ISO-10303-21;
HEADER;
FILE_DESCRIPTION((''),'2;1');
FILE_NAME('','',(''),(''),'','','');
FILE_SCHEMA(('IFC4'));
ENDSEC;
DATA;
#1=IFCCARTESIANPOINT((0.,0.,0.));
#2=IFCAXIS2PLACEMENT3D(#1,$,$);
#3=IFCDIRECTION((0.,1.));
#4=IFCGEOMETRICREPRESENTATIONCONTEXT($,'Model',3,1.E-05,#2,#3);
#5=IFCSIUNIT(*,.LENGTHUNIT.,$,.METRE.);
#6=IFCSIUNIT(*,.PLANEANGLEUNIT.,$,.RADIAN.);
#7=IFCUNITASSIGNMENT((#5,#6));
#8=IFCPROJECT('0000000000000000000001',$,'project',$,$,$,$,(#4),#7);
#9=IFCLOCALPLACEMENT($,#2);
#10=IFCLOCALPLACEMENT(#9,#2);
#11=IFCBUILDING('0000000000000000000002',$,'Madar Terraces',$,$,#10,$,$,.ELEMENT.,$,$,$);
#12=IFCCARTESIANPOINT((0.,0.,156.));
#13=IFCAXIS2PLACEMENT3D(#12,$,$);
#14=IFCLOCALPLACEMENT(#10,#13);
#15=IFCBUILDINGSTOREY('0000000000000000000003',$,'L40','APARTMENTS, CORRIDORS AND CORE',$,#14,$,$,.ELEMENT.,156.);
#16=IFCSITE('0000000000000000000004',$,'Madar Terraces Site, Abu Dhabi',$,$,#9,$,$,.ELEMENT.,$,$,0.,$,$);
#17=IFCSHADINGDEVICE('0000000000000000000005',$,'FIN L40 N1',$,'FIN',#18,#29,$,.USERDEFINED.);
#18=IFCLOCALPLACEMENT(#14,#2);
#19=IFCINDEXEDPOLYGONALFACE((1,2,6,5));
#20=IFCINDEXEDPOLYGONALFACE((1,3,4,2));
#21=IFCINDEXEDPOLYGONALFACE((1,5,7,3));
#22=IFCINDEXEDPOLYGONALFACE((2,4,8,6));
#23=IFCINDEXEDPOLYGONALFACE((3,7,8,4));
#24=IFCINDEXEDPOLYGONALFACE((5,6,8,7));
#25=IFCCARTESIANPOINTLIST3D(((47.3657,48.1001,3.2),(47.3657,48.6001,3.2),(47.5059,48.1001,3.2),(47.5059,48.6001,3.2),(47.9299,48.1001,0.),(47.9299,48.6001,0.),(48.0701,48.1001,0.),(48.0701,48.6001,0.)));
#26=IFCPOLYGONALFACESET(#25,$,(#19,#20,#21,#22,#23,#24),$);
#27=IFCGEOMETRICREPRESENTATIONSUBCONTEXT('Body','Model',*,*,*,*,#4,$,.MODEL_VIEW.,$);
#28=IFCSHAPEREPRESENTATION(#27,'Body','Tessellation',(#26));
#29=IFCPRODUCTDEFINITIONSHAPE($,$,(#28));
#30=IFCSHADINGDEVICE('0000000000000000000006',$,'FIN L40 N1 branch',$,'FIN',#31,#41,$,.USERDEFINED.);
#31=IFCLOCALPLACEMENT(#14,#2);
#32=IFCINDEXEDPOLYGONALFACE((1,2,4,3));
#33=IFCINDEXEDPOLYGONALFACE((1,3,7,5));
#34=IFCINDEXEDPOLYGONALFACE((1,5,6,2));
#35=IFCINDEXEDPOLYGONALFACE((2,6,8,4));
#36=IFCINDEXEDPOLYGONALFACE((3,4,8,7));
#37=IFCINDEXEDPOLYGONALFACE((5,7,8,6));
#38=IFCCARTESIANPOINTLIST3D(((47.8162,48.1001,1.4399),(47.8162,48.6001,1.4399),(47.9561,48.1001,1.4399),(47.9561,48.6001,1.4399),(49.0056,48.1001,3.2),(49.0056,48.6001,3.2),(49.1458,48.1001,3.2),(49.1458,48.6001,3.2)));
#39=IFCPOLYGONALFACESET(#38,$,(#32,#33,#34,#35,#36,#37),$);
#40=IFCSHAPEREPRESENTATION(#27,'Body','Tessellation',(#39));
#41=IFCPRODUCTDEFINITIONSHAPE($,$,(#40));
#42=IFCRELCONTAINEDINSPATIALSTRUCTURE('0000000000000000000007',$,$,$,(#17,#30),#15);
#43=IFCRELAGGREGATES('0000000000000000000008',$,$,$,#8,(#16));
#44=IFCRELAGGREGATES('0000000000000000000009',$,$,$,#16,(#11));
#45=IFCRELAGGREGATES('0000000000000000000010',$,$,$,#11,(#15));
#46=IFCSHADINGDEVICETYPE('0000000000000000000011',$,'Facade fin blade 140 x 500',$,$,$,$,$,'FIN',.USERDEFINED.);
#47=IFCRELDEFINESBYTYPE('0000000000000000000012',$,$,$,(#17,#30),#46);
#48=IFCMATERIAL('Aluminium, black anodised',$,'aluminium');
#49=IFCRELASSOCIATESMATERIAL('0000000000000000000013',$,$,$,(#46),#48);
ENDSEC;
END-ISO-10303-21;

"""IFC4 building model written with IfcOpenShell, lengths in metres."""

from ifc_helpers import new_model, si_unit, direction, frame, origin, place, context, subcontext, project, spatial, polyline, outline, extrude, material, type_object, element, save


model = new_model("IFC4")

# Units and contexts
model_context = context("Model", 3, precision=1e-05, world=origin(), true_north=direction((0.0, 1.0)))
body_context = subcontext(model_context, "Body", "Model", "MODEL_VIEW")
ifc_project = project(units=[si_unit("LENGTHUNIT", "METRE"), si_unit("PLANEANGLEUNIT", "RADIAN")], contexts=[model_context])

# Site, building, storey
site_placement = place(None, origin())
site = spatial("IfcSite", under=ifc_project, at=site_placement, Name="Madar Terraces Site, Abu Dhabi", CompositionType="ELEMENT", RefElevation=0.0)
building_placement = place(site_placement, origin())
building = spatial("IfcBuilding", under=site, at=building_placement, Name="Madar Terraces", CompositionType="ELEMENT")
storey_placement = place(building_placement, frame((0.0, 0.0, 156.0)))
storey = spatial("IfcBuildingStorey", under=building, at=storey_placement, Name="L40", Description="APARTMENTS, CORRIDORS AND CORE", CompositionType="ELEMENT", Elevation=156.0)

# Shading devices
ifc_material_1 = material(Name="Aluminium, black anodised", Category="aluminium")
shading_device_type = type_object("IfcShadingDeviceType", Name="Facade fin blade 140 x 500", ElementType="FIN", PredefinedType="USERDEFINED", material=ifc_material_1)
shading_device_1_placement = place(storey_placement, frame((48.0701, 48.3501, 0.0), z_axis=(0.0, 0.0, 1.0), x_axis=(-1.0, 0.0, 0.0)))
element("IfcShadingDevice", 1, at=shading_device_1_placement, inside=storey, type_object=shading_device_type, Name="FIN L40 N1", ObjectType="FIN", PredefinedType="USERDEFINED", context=body_context, shape_type="SweptSolid", body=[
    extrude(outline(polyline([(0.0, 0.0), (0.1401, 0.0), (0.7043, 3.2), (0.5642, 3.2), (0.0, 0.0)])), frame((0.0, 0.25, 0.0), z_axis=(0.0, -1.0, 0.0), x_axis=(1.0, 0.0, 0.0)), (0.0, 0.0, 1.0), 0.5),
])
shading_device_2_placement = place(storey_placement, frame((47.9561, 48.3501, 1.4399), z_axis=(0.0, 0.0, 1.0), x_axis=(-1.0, 0.0, 0.0)))
element("IfcShadingDevice", 2, at=shading_device_2_placement, inside=storey, type_object=shading_device_type, Name="FIN L40 N1 branch", ObjectType="FIN", PredefinedType="USERDEFINED", context=body_context, shape_type="SweptSolid", body=[
    extrude(outline(polyline([(0.0, 0.0), (0.1399, 0.0), (-1.0496, 1.76), (-1.1897, 1.76), (0.0, 0.0)])), frame((0.0, 0.25, 0.0), z_axis=(0.0, -1.0, 0.0), x_axis=(1.0, 0.0, 0.0)), (0.0, 0.0, 1.0), 0.5),
])

save(model, "model.ifc")
